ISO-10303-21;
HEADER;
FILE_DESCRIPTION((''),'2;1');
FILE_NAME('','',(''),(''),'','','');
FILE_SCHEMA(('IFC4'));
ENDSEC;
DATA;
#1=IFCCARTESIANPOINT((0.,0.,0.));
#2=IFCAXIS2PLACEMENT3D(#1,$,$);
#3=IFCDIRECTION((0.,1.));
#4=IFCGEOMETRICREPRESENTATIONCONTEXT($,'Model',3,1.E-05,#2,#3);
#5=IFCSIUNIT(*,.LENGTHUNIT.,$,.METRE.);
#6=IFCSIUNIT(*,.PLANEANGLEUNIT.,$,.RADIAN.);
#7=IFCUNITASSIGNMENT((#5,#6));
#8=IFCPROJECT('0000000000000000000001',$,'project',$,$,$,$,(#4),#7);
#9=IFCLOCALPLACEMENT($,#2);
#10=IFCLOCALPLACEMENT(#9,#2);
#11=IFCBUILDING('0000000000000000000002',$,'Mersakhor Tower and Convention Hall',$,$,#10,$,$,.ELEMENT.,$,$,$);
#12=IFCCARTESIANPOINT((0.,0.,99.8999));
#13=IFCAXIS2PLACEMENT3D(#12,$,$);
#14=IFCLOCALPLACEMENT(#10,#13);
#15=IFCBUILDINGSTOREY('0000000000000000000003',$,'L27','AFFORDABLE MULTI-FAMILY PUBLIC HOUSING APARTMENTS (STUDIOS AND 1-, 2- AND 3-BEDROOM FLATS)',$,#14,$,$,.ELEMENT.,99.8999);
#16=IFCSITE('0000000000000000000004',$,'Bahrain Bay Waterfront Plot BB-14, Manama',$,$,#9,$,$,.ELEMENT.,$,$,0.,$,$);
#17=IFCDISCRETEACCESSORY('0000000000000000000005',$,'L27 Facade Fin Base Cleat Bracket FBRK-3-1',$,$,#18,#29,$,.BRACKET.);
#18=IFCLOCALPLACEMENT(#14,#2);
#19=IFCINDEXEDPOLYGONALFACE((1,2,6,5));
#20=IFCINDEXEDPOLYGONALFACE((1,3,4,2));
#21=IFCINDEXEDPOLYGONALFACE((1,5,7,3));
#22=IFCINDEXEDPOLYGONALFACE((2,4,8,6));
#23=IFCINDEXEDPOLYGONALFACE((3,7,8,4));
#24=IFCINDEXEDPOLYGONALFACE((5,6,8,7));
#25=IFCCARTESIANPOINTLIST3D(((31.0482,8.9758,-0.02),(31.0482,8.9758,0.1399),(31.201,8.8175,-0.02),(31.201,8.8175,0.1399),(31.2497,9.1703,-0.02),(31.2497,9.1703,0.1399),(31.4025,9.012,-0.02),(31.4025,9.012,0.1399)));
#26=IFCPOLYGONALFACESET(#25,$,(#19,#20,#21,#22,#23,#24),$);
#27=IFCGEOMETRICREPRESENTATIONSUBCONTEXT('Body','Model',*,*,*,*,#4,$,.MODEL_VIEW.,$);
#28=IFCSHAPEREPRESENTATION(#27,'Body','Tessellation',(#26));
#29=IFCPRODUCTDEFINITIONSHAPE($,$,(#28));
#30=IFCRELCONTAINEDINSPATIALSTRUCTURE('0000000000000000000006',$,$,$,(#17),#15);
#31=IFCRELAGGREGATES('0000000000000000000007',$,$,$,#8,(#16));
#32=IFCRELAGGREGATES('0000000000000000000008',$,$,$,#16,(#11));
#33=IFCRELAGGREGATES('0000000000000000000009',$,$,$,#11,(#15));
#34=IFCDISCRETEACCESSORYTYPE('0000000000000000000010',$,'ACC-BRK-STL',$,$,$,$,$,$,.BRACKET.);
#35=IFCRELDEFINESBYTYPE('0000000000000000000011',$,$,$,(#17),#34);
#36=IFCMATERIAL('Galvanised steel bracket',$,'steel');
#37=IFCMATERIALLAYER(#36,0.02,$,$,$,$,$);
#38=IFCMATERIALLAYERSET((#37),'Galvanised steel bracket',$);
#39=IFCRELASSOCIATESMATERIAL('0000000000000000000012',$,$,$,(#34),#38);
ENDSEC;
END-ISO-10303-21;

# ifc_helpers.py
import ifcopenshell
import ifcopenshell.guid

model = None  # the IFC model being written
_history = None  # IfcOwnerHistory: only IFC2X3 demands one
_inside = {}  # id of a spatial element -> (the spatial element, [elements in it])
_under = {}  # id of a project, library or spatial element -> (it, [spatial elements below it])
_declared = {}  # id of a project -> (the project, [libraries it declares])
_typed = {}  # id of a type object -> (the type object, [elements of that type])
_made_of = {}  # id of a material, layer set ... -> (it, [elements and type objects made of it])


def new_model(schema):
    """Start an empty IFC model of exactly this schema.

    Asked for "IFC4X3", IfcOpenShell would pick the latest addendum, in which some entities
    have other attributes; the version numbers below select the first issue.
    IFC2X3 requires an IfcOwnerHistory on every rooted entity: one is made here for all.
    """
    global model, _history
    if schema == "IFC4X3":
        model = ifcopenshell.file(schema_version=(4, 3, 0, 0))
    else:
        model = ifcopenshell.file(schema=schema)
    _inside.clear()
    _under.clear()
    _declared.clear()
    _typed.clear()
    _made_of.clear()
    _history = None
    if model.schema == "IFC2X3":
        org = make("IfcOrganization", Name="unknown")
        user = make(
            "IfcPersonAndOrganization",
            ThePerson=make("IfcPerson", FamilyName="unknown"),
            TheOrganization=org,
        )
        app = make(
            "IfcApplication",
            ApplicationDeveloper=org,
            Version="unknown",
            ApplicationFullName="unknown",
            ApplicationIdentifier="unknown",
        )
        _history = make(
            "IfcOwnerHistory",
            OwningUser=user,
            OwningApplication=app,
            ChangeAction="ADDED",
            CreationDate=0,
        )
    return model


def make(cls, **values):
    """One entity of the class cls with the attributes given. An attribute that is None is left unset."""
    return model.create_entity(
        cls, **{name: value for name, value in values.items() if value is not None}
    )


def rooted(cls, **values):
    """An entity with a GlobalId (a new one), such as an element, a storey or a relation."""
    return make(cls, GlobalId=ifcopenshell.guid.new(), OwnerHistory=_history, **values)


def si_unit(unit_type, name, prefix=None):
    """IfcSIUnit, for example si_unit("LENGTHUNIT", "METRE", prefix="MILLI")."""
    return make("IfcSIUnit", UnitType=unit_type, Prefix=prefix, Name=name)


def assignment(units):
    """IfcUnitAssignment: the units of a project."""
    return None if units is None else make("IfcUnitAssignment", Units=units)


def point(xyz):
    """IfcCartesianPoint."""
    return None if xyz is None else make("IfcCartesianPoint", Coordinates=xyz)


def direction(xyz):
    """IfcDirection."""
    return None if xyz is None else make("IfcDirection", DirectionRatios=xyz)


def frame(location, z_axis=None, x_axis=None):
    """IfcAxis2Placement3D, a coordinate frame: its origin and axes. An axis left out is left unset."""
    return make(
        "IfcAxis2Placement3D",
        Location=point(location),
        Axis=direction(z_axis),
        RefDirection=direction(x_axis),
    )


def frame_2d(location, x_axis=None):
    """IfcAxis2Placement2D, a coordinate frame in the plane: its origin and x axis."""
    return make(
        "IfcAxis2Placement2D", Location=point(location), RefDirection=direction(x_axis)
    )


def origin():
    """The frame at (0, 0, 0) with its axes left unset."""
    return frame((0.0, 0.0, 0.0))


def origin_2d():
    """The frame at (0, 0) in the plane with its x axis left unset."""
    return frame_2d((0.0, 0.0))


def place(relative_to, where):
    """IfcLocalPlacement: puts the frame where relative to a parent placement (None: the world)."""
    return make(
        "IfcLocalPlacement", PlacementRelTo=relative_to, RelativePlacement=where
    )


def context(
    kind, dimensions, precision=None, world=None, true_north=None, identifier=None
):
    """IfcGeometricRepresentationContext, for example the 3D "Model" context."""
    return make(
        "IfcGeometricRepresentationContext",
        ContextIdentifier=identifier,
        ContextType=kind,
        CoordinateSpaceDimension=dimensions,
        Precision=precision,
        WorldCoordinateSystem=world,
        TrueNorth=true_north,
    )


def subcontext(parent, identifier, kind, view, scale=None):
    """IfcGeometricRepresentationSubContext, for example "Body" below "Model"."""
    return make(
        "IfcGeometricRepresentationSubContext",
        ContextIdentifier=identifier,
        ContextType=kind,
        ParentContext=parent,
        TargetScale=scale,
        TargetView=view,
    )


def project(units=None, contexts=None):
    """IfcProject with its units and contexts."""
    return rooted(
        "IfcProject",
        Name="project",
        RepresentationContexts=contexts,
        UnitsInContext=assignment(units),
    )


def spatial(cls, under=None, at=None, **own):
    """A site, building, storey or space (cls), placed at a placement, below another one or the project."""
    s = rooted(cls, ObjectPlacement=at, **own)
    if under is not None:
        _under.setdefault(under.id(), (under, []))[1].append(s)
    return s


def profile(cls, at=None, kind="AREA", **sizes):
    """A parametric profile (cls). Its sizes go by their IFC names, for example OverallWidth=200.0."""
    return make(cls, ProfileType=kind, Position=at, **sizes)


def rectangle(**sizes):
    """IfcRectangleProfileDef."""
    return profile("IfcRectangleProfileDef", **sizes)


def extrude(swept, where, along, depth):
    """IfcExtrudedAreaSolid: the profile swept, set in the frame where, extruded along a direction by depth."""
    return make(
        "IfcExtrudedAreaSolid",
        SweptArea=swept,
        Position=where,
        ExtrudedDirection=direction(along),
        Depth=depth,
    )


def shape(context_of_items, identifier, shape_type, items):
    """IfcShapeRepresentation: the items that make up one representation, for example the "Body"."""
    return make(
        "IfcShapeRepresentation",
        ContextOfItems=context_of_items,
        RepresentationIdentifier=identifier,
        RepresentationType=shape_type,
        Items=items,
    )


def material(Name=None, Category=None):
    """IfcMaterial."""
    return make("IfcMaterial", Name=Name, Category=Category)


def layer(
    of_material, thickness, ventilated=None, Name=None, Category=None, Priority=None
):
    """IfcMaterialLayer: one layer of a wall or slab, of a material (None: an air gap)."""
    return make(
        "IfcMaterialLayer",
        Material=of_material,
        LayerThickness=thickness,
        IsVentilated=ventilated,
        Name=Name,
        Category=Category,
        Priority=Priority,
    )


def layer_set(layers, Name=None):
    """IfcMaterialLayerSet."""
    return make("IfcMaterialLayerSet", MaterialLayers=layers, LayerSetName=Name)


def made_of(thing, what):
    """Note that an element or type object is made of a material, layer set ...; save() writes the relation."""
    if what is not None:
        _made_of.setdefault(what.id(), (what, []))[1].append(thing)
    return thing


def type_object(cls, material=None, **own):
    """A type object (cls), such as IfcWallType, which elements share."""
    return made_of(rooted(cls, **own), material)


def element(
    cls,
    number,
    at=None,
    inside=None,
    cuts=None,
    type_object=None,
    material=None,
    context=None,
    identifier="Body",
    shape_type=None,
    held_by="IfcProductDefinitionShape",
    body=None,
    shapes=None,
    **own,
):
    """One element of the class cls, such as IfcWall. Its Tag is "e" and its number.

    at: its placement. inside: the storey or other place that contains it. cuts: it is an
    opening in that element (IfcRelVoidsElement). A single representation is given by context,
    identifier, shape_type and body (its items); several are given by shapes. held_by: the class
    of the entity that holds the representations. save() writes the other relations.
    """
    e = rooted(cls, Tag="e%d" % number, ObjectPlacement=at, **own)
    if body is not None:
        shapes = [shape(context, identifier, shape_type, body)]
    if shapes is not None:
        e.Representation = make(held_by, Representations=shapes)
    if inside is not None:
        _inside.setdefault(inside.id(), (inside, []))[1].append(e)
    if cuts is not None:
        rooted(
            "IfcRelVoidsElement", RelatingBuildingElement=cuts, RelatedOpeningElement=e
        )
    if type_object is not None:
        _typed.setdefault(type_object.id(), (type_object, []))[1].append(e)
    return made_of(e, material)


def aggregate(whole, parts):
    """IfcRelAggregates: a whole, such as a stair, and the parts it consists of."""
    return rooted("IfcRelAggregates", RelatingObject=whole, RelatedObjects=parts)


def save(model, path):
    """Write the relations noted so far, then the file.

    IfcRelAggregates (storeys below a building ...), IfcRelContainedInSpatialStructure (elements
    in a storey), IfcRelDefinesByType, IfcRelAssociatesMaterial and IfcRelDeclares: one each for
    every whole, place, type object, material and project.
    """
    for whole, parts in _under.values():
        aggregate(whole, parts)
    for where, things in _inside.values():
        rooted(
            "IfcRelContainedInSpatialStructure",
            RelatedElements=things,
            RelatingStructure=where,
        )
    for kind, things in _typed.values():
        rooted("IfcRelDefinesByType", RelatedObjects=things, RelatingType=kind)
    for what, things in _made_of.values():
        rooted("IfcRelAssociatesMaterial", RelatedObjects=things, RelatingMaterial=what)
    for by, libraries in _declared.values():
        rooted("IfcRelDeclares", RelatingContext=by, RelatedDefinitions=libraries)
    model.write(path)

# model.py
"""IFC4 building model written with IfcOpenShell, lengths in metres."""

from ifc_helpers import new_model, si_unit, direction, frame, origin, origin_2d, place, context, subcontext, project, spatial, rectangle, extrude, material, layer, layer_set, type_object, element, save


model = new_model("IFC4")

# Units and contexts
model_context = context("Model", 3, precision=1e-05, world=origin(), true_north=direction((0.0, 1.0)))
body_context = subcontext(model_context, "Body", "Model", "MODEL_VIEW")
ifc_project = project(units=[si_unit("LENGTHUNIT", "METRE"), si_unit("PLANEANGLEUNIT", "RADIAN")], contexts=[model_context])

# Site, building, storey
site_placement = place(None, origin())
site = spatial("IfcSite", under=ifc_project, at=site_placement, Name="Bahrain Bay Waterfront Plot BB-14, Manama", CompositionType="ELEMENT", RefElevation=0.0)
building_placement = place(site_placement, origin())
building = spatial("IfcBuilding", under=site, at=building_placement, Name="Mersakhor Tower and Convention Hall", CompositionType="ELEMENT")
storey_placement = place(building_placement, frame((0.0, 0.0, 99.8999)))
storey = spatial("IfcBuildingStorey", under=building, at=storey_placement, Name="L27", Description="AFFORDABLE MULTI-FAMILY PUBLIC HOUSING APARTMENTS (STUDIOS AND 1-, 2- AND 3-BEDROOM FLATS)", CompositionType="ELEMENT", Elevation=99.8999)

# Discrete accessory
ifc_material_1 = material(Name="Galvanised steel bracket", Category="steel")
ifc_layer_1 = layer(ifc_material_1, 0.02)
ifc_layer_set_1 = layer_set([ifc_layer_1], Name="Galvanised steel bracket")
discrete_accessory_type = type_object("IfcDiscreteAccessoryType", Name="ACC-BRK-STL", PredefinedType="BRACKET", material=ifc_layer_set_1)
discrete_accessory_placement = place(storey_placement, frame((31.2253, 8.9939, -0.02), z_axis=(0.0, 0.0, 1.0), x_axis=(-0.71934, -0.694658, 0.0)))
element("IfcDiscreteAccessory", 1, at=discrete_accessory_placement, inside=storey, type_object=discrete_accessory_type, Name="L27 Facade Fin Base Cleat Bracket FBRK-3-1", PredefinedType="BRACKET", context=body_context, shape_type="SweptSolid", body=[
    extrude(rectangle(XDim=0.28, YDim=0.22, at=origin_2d()), origin(), (0.0, 0.0, 1.0), 0.1599),
])

save(model, "model.ifc")
